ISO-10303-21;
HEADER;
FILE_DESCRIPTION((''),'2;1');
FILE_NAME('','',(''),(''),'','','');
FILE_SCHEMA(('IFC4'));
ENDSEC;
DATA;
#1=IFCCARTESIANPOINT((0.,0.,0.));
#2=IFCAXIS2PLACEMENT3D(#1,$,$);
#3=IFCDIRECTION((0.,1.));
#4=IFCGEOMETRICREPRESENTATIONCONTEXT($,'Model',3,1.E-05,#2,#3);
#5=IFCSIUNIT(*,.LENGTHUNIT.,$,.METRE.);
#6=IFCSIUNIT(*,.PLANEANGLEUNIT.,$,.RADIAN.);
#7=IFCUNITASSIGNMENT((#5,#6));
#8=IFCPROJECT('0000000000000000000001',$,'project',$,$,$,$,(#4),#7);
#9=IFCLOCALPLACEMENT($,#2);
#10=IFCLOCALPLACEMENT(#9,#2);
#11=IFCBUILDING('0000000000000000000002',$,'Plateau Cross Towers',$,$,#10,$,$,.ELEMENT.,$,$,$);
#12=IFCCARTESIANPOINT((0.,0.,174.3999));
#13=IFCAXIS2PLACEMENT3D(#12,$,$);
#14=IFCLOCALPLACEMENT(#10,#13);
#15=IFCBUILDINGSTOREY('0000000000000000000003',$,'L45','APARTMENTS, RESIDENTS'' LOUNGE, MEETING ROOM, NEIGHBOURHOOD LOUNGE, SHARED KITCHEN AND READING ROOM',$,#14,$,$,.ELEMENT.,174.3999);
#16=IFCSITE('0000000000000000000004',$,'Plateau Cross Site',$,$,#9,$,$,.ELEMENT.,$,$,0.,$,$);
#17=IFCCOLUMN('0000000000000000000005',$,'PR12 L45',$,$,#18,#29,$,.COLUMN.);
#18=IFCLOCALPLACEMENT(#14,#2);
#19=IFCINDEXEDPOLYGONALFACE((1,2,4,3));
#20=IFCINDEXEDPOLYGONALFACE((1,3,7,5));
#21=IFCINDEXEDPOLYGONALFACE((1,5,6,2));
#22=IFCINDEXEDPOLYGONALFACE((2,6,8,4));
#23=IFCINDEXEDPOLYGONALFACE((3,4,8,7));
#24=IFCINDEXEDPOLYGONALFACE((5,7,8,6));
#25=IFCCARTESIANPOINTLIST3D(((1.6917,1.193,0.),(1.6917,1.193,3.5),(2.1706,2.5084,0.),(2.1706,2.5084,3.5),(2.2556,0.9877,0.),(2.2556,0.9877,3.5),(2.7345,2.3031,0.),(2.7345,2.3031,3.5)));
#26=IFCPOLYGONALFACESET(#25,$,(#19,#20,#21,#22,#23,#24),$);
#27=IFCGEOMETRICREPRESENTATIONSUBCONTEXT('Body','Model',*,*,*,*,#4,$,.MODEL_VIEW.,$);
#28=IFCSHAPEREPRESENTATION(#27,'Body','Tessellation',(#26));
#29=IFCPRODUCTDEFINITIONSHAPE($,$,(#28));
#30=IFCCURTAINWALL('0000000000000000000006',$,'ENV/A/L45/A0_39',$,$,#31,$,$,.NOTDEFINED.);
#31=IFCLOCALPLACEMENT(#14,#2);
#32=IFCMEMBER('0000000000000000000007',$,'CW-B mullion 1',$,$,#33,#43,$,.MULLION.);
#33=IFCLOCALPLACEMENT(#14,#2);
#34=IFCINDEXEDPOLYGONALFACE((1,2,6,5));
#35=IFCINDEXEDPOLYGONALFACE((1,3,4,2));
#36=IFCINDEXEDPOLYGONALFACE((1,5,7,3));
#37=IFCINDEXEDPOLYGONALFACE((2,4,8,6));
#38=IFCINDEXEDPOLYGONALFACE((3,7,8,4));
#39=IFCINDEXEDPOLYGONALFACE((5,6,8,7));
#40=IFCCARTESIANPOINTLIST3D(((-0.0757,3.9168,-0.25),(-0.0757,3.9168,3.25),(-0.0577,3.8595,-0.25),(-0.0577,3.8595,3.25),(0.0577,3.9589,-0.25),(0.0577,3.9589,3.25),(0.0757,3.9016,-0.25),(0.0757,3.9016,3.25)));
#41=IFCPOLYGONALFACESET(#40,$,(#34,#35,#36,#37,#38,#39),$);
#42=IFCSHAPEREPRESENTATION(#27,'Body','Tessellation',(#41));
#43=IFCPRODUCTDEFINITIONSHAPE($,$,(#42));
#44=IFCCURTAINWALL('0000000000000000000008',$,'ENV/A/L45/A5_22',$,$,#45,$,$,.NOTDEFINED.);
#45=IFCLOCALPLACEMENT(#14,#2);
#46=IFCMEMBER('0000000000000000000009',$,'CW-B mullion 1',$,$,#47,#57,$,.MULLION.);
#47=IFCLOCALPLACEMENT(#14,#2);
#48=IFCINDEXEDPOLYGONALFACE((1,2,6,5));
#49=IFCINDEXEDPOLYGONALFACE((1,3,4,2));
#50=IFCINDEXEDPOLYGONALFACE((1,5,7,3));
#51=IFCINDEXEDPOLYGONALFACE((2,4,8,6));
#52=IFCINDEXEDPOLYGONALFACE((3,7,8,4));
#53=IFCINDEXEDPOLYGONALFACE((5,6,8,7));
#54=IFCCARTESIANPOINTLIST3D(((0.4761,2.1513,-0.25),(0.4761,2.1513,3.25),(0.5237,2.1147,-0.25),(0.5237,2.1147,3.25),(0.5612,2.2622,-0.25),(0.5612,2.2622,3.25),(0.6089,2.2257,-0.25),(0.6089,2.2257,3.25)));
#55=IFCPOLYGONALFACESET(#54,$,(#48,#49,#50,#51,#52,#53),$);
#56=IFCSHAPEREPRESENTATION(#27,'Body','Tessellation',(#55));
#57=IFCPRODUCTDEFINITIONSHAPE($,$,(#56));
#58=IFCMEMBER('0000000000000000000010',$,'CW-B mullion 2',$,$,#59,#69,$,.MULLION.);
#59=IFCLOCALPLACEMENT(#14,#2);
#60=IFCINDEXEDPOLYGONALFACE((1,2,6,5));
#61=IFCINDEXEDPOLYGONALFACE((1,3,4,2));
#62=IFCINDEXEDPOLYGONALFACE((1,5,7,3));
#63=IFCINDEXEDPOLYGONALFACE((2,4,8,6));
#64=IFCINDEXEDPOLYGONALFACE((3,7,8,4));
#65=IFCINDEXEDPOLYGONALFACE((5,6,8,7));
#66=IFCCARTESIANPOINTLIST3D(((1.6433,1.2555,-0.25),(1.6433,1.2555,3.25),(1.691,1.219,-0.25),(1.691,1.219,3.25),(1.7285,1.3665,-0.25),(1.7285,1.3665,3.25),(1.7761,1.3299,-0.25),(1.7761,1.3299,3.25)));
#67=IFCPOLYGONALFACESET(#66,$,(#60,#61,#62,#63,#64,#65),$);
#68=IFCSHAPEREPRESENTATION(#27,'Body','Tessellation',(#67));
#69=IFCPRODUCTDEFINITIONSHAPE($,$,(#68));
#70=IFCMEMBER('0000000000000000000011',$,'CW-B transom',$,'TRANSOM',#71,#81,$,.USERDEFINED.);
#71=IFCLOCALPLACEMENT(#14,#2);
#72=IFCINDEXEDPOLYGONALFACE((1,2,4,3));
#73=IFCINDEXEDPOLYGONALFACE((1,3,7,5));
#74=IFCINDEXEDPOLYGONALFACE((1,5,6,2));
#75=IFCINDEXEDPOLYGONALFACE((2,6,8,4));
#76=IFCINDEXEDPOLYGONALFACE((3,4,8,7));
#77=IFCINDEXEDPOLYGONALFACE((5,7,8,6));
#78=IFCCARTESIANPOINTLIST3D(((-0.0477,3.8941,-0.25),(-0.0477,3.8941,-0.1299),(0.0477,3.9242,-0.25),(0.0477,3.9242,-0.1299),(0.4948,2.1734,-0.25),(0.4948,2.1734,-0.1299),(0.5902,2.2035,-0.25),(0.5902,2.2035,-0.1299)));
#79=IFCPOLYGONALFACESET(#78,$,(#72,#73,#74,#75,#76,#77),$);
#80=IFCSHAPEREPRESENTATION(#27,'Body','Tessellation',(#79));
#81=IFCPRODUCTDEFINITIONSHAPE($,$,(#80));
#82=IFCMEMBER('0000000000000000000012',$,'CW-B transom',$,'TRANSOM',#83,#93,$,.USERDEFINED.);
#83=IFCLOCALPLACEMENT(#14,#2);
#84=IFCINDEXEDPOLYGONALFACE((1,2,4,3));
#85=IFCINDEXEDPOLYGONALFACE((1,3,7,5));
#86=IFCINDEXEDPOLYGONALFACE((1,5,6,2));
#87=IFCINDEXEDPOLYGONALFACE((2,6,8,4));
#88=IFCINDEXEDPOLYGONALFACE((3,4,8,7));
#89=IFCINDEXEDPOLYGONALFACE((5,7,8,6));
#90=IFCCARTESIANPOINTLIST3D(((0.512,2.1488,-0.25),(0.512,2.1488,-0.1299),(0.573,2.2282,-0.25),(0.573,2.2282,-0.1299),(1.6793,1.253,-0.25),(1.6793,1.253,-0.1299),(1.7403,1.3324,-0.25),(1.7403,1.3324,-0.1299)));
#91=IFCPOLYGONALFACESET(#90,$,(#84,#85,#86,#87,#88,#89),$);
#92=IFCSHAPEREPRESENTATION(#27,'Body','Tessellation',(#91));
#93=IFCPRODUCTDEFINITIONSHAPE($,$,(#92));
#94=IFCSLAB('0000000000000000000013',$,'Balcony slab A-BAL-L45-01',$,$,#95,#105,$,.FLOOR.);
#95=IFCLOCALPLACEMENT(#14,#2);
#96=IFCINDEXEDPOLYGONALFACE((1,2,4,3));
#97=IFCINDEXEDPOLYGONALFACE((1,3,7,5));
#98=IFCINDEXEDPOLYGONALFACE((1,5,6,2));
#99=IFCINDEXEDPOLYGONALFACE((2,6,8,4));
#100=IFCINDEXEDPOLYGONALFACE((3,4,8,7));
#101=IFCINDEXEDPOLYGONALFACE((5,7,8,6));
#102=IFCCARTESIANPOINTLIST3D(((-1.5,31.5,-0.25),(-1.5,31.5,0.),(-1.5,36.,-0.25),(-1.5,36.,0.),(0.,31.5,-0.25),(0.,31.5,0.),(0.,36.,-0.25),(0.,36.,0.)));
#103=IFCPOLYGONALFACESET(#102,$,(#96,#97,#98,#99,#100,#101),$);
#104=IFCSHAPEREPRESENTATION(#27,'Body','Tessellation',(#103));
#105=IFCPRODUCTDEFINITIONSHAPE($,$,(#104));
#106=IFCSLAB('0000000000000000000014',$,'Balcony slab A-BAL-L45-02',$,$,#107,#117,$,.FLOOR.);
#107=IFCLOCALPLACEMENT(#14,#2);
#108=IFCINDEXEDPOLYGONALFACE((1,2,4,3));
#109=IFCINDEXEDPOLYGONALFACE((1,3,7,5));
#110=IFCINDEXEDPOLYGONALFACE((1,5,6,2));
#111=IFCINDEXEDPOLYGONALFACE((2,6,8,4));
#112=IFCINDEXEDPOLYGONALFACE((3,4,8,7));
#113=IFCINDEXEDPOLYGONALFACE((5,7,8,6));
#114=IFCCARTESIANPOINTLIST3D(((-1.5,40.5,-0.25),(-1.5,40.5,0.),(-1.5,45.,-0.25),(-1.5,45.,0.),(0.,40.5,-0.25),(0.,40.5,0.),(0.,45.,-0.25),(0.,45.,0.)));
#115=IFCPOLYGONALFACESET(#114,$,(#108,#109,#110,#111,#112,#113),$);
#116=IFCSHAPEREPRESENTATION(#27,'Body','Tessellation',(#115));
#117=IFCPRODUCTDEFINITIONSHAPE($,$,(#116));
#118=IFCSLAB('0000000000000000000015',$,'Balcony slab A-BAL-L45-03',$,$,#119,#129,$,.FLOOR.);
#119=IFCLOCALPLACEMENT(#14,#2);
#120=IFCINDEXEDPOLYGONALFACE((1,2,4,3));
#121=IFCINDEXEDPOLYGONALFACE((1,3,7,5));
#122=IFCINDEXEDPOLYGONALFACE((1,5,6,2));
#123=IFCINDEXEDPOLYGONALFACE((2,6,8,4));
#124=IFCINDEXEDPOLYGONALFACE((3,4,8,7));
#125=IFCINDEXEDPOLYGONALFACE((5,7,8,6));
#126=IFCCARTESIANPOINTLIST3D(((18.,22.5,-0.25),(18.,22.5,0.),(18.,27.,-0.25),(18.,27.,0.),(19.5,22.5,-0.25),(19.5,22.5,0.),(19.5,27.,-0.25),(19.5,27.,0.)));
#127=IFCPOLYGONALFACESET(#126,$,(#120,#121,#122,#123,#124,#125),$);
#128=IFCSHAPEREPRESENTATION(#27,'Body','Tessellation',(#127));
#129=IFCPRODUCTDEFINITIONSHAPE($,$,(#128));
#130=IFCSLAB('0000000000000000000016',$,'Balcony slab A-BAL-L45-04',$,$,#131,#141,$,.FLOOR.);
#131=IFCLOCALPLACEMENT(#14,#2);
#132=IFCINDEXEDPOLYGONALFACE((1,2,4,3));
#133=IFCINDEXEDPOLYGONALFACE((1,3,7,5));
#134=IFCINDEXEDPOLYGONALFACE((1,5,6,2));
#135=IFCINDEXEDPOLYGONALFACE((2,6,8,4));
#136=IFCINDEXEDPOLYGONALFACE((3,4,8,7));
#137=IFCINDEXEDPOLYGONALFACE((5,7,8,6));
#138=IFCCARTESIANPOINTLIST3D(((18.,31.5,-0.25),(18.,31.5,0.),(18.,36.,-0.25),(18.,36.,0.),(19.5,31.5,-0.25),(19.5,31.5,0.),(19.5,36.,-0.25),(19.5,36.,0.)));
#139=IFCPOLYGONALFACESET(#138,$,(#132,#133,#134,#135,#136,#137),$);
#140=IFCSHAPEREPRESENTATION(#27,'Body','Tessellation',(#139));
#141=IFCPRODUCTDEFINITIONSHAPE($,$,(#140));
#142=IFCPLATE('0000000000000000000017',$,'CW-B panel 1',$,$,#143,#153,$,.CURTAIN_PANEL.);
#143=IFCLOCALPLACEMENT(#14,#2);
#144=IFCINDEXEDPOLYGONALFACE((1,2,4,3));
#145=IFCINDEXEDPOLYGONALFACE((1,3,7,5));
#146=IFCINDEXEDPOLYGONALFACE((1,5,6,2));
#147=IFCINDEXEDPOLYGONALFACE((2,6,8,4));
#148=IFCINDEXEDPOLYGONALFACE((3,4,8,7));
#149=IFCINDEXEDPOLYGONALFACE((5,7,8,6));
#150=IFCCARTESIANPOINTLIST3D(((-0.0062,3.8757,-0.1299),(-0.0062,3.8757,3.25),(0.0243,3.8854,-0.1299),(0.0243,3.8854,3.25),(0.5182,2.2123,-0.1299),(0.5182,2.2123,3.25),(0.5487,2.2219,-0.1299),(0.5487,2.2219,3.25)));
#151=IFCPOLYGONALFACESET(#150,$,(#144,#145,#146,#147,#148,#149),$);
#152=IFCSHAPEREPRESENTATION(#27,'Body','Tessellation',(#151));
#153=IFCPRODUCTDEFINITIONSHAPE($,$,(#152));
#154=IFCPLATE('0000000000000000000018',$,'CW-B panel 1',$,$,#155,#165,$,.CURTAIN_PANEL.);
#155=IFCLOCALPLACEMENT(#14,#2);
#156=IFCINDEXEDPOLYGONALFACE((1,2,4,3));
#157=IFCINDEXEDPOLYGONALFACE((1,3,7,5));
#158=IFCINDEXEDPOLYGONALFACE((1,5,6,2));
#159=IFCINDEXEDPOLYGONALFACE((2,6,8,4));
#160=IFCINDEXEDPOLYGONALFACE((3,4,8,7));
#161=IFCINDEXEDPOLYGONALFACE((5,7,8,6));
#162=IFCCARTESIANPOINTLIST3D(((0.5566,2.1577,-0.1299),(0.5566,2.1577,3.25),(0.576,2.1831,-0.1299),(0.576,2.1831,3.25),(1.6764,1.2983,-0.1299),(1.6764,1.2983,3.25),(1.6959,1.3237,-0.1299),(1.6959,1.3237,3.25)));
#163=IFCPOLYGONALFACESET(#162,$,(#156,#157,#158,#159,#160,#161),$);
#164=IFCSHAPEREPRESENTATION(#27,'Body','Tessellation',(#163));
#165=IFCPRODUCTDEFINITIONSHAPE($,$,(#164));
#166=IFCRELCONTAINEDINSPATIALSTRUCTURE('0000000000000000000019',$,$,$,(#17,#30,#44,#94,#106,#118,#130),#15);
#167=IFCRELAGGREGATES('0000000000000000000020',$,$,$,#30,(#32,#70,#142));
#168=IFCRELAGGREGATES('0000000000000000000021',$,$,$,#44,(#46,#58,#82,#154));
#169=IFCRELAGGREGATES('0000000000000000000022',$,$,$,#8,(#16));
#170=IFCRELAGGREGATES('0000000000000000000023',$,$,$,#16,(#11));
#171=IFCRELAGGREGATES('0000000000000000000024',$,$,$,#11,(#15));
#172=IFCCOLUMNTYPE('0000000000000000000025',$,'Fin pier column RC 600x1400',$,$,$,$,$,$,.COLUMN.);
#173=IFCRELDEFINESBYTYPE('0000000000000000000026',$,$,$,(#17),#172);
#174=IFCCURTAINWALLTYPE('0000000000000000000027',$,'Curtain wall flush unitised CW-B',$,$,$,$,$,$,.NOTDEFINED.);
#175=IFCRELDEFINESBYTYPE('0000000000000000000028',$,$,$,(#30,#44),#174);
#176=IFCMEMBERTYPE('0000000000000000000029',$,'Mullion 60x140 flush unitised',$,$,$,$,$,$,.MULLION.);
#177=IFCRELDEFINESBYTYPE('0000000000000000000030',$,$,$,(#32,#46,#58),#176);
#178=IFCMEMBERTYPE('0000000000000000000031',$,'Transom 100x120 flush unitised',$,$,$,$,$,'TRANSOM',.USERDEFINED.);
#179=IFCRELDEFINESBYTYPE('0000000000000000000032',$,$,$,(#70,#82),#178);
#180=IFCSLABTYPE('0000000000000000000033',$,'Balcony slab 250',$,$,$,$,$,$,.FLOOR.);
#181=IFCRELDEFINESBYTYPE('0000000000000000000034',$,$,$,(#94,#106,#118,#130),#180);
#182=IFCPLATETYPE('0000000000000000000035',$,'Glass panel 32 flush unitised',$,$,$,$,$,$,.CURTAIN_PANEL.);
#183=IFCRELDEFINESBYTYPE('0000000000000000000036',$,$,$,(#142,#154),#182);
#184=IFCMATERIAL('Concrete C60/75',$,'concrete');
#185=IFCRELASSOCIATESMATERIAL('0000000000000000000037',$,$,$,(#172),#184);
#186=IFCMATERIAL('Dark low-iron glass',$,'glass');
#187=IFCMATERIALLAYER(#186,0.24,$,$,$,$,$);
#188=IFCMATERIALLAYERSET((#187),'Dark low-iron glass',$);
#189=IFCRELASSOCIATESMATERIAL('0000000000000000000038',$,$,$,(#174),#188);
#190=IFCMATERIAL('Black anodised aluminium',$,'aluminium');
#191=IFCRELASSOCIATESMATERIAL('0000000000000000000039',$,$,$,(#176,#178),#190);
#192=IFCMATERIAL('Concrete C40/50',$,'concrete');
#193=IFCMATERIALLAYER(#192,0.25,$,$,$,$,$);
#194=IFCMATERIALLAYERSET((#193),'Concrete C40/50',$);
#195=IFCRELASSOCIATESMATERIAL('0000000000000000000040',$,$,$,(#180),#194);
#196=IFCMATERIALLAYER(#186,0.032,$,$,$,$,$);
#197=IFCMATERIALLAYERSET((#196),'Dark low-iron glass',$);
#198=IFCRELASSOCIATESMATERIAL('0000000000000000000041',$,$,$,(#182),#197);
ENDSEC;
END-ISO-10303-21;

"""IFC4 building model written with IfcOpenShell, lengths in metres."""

from ifc_helpers import new_model, si_unit, direction, frame, origin, origin_2d, place, context, subcontext, project, spatial, polyline, rectangle, outline, extrude, material, layer, layer_set, material_profile, profile_set, type_object, element, aggregate, save


model = new_model("IFC4")

# Units and contexts
model_context = context("Model", 3, precision=1e-05, world=origin(), true_north=direction((0.0, 1.0)))
body_context = subcontext(model_context, "Body", "Model", "MODEL_VIEW")
ifc_project = project(units=[si_unit("LENGTHUNIT", "METRE"), si_unit("PLANEANGLEUNIT", "RADIAN")], contexts=[model_context])

# Site, building, storey
site_placement = place(None, origin())
site = spatial("IfcSite", under=ifc_project, at=site_placement, Name="Plateau Cross Site", CompositionType="ELEMENT", RefElevation=0.0)
building_placement = place(site_placement, origin())
building = spatial("IfcBuilding", under=site, at=building_placement, Name="Plateau Cross Towers", CompositionType="ELEMENT")
storey_placement = place(building_placement, frame((0.0, 0.0, 174.3999)))
storey = spatial("IfcBuildingStorey", under=building, at=storey_placement, Name="L45", Description="APARTMENTS, RESIDENTS' LOUNGE, MEETING ROOM, NEIGHBOURHOOD LOUNGE, SHARED KITCHEN AND READING ROOM", CompositionType="ELEMENT", Elevation=174.3999)

# Column
ifc_material_1 = material(Name="Concrete C60/75", Category="concrete")
ifc_material_profile_1 = material_profile(ifc_material_1, rectangle(XDim=0.6001, YDim=1.3999, at=origin_2d()), Name="RC 600x1400")
ifc_profile_set_1 = profile_set([ifc_material_profile_1], Name="Concrete C60/75")
column_type = type_object("IfcColumnType", Name="Fin pier column RC 600x1400", PredefinedType="COLUMN", material=ifc_profile_set_1)
column_placement = place(storey_placement, frame((2.2131, 1.748, 0.0), z_axis=(0.0, 0.0, 1.0), x_axis=(-0.939664, 0.342098, 0.0)))
element("IfcColumn", 1, at=column_placement, inside=storey, type_object=column_type, Name="PR12 L45", PredefinedType="COLUMN", context=body_context, shape_type="SweptSolid", body=[
    extrude(rectangle(XDim=0.6001, YDim=1.3999, at=origin_2d()), origin(), (0.0, 0.0, 1.0), 3.5),
])

# Curtain wall, member
ifc_material_2 = material(Name="Dark low-iron glass", Category="glass")
ifc_layer_1 = layer(ifc_material_2, 0.24)
ifc_layer_set_1 = layer_set([ifc_layer_1], Name="Dark low-iron glass")
curtain_wall_type = type_object("IfcCurtainWallType", Name="Curtain wall flush unitised CW-B", PredefinedType="NOTDEFINED", material=ifc_layer_set_1)
curtain_wall_1_placement = place(storey_placement, origin())
curtain_wall_1 = element("IfcCurtainWall", 2, at=curtain_wall_1_placement, inside=storey, type_object=curtain_wall_type, Name="ENV/A/L45/A0_39", PredefinedType="NOTDEFINED")
ifc_material_3 = material(Name="Black anodised aluminium", Category="aluminium")
ifc_material_profile_2 = material_profile(ifc_material_3, rectangle(XDim=0.0601, YDim=0.1399, at=origin_2d()), Name="MULLION 60x140")
ifc_profile_set_2 = profile_set([ifc_material_profile_2], Name="Black anodised aluminium")
member_type_1 = type_object("IfcMemberType", Name="Mullion 60x140 flush unitised", PredefinedType="MULLION", material=ifc_profile_set_2)
member_1_placement = place(storey_placement, frame((0.0, 3.9092, -0.25), z_axis=(0.0, 0.0, 1.0), x_axis=(0.300686, -0.953723, 0.0)))
member_1 = element("IfcMember", 3, at=member_1_placement, type_object=member_type_1, Name="CW-B mullion 1", PredefinedType="MULLION", context=body_context, shape_type="SweptSolid", body=[
    extrude(rectangle(XDim=0.0601, YDim=0.1399, at=origin_2d()), origin(), (0.0, 0.0, 1.0), 3.5),
])

# Curtain wall, members
curtain_wall_2_placement = place(storey_placement, origin())
curtain_wall_2 = element("IfcCurtainWall", 4, at=curtain_wall_2_placement, inside=storey, type_object=curtain_wall_type, Name="ENV/A/L45/A5_22", PredefinedType="NOTDEFINED")
member_2_placement = place(storey_placement, frame((0.5425, 2.1885, -0.25), z_axis=(0.0, 0.0, 1.0), x_axis=(0.793316, -0.608811, 0.0)))
member_2 = element("IfcMember", 5, at=member_2_placement, type_object=member_type_1, Name="CW-B mullion 1", PredefinedType="MULLION", context=body_context, shape_type="SweptSolid", body=[
    extrude(rectangle(XDim=0.0601, YDim=0.1399, at=origin_2d()), origin(), (0.0, 0.0, 1.0), 3.5),
])
member_3_placement = place(storey_placement, frame((1.7097, 1.2927, -0.25), z_axis=(0.0, 0.0, 1.0), x_axis=(0.793316, -0.608811, 0.0)))
member_3 = element("IfcMember", 6, at=member_3_placement, type_object=member_type_1, Name="CW-B mullion 2", PredefinedType="MULLION", context=body_context, shape_type="SweptSolid", body=[
    extrude(rectangle(XDim=0.0601, YDim=0.1399, at=origin_2d()), origin(), (0.0, 0.0, 1.0), 3.5),
])

# Members
ifc_material_profile_3 = material_profile(ifc_material_3, rectangle(XDim=0.1001, YDim=0.1201, at=origin_2d()), Name="TRANSOM 100x120")
ifc_profile_set_3 = profile_set([ifc_material_profile_3], Name="Black anodised aluminium")
member_type_2 = type_object("IfcMemberType", Name="Transom 100x120 flush unitised", ElementType="TRANSOM", PredefinedType="USERDEFINED", material=ifc_profile_set_3)
member_4_placement = place(storey_placement, frame((0.0, 3.9092, -0.1899), z_axis=(0.300678, -0.953726, 0.0), x_axis=(0.953726, 0.300678, 0.0)))
member_4 = element("IfcMember", 7, at=member_4_placement, type_object=member_type_2, Name="CW-B transom", ObjectType="TRANSOM", PredefinedType="USERDEFINED", context=body_context, shape_type="SweptSolid", body=[
    extrude(rectangle(XDim=0.1001, YDim=0.1201, at=origin_2d()), origin(), (0.0, 0.0, 1.0), 1.8042),
])
member_5_placement = place(storey_placement, frame((0.5425, 2.1885, -0.1899), z_axis=(0.793321, -0.608804, 0.0), x_axis=(0.608804, 0.793321, 0.0)))
member_5 = element("IfcMember", 8, at=member_5_placement, type_object=member_type_2, Name="CW-B transom", ObjectType="TRANSOM", PredefinedType="USERDEFINED", context=body_context, shape_type="SweptSolid", body=[
    extrude(rectangle(XDim=0.1001, YDim=0.1201, at=origin_2d()), origin(), (0.0, 0.0, 1.0), 1.4714),
])

# Slabs
ifc_material_4 = material(Name="Concrete C40/50", Category="concrete")
ifc_layer_2 = layer(ifc_material_4, 0.25)
ifc_layer_set_2 = layer_set([ifc_layer_2], Name="Concrete C40/50")
slab_type_1 = type_object("IfcSlabType", Name="Balcony slab 250", PredefinedType="FLOOR", material=ifc_layer_set_2)
slab_1_placement = place(storey_placement, frame((0.0, 0.0, -0.25)))
element("IfcSlab", 9, at=slab_1_placement, inside=storey, type_object=slab_type_1, Name="Balcony slab A-BAL-L45-01", PredefinedType="FLOOR", context=body_context, shape_type="SweptSolid", body=[
    extrude(outline(polyline([(0.0, 31.5), (0.0, 36.0), (-1.5, 36.0), (-1.5, 31.5), (0.0, 31.5)])), origin(), (0.0, 0.0, 1.0), 0.25),
])
slab_2_placement = place(storey_placement, frame((0.0, 0.0, -0.25)))
element("IfcSlab", 10, at=slab_2_placement, inside=storey, type_object=slab_type_1, Name="Balcony slab A-BAL-L45-02", PredefinedType="FLOOR", context=body_context, shape_type="SweptSolid", body=[
    extrude(outline(polyline([(0.0, 40.5), (0.0, 45.0), (-1.5, 45.0), (-1.5, 40.5), (0.0, 40.5)])), origin(), (0.0, 0.0, 1.0), 0.25),
])
slab_3_placement = place(storey_placement, frame((0.0, 0.0, -0.25)))
element("IfcSlab", 11, at=slab_3_placement, inside=storey, type_object=slab_type_1, Name="Balcony slab A-BAL-L45-03", PredefinedType="FLOOR", context=body_context, shape_type="SweptSolid", body=[
    extrude(outline(polyline([(19.5, 22.5), (19.5, 27.0), (18.0, 27.0), (18.0, 22.5), (19.5, 22.5)])), origin(), (0.0, 0.0, 1.0), 0.25),
])
slab_4_placement = place(storey_placement, frame((0.0, 0.0, -0.25)))
element("IfcSlab", 12, at=slab_4_placement, inside=storey, type_object=slab_type_1, Name="Balcony slab A-BAL-L45-04", PredefinedType="FLOOR", context=body_context, shape_type="SweptSolid", body=[
    extrude(outline(polyline([(19.5, 31.5), (19.5, 36.0), (18.0, 36.0), (18.0, 31.5), (19.5, 31.5)])), origin(), (0.0, 0.0, 1.0), 0.25),
])

# Plates
ifc_layer_3 = layer(ifc_material_2, 0.032)
ifc_layer_set_3 = layer_set([ifc_layer_3], Name="Dark low-iron glass")
plate_type = type_object("IfcPlateType", Name="Glass panel 32 flush unitised", PredefinedType="CURTAIN_PANEL", material=ifc_layer_set_3)
plate_1_placement = place(storey_placement, frame((0.2712, 3.0488, -0.1299), z_axis=(0.0, 0.0, 1.0), x_axis=(0.300686, -0.953723, 0.0)))
plate_1 = element("IfcPlate", 13, at=plate_1_placement, type_object=plate_type, Name="CW-B panel 1", PredefinedType="CURTAIN_PANEL", context=body_context, shape_type="SweptSolid", body=[
    extrude(rectangle(XDim=1.7441, YDim=0.032, at=origin_2d()), origin(), (0.0, 0.0, 1.0), 3.3799),
])
aggregate(curtain_wall_1, [member_1, member_4, plate_1])
plate_2_placement = place(storey_placement, frame((1.1262, 1.7407, -0.1299), z_axis=(0.0, 0.0, 1.0), x_axis=(0.793316, -0.608811, 0.0)))
plate_2 = element("IfcPlate", 14, at=plate_2_placement, type_object=plate_type, Name="CW-B panel 1", PredefinedType="CURTAIN_PANEL", context=body_context, shape_type="SweptSolid", body=[
    extrude(rectangle(XDim=1.4116, YDim=0.032, at=origin_2d()), origin(), (0.0, 0.0, 1.0), 3.3799),
])
aggregate(curtain_wall_2, [member_2, member_3, member_5, plate_2])

save(model, "model.ifc")
